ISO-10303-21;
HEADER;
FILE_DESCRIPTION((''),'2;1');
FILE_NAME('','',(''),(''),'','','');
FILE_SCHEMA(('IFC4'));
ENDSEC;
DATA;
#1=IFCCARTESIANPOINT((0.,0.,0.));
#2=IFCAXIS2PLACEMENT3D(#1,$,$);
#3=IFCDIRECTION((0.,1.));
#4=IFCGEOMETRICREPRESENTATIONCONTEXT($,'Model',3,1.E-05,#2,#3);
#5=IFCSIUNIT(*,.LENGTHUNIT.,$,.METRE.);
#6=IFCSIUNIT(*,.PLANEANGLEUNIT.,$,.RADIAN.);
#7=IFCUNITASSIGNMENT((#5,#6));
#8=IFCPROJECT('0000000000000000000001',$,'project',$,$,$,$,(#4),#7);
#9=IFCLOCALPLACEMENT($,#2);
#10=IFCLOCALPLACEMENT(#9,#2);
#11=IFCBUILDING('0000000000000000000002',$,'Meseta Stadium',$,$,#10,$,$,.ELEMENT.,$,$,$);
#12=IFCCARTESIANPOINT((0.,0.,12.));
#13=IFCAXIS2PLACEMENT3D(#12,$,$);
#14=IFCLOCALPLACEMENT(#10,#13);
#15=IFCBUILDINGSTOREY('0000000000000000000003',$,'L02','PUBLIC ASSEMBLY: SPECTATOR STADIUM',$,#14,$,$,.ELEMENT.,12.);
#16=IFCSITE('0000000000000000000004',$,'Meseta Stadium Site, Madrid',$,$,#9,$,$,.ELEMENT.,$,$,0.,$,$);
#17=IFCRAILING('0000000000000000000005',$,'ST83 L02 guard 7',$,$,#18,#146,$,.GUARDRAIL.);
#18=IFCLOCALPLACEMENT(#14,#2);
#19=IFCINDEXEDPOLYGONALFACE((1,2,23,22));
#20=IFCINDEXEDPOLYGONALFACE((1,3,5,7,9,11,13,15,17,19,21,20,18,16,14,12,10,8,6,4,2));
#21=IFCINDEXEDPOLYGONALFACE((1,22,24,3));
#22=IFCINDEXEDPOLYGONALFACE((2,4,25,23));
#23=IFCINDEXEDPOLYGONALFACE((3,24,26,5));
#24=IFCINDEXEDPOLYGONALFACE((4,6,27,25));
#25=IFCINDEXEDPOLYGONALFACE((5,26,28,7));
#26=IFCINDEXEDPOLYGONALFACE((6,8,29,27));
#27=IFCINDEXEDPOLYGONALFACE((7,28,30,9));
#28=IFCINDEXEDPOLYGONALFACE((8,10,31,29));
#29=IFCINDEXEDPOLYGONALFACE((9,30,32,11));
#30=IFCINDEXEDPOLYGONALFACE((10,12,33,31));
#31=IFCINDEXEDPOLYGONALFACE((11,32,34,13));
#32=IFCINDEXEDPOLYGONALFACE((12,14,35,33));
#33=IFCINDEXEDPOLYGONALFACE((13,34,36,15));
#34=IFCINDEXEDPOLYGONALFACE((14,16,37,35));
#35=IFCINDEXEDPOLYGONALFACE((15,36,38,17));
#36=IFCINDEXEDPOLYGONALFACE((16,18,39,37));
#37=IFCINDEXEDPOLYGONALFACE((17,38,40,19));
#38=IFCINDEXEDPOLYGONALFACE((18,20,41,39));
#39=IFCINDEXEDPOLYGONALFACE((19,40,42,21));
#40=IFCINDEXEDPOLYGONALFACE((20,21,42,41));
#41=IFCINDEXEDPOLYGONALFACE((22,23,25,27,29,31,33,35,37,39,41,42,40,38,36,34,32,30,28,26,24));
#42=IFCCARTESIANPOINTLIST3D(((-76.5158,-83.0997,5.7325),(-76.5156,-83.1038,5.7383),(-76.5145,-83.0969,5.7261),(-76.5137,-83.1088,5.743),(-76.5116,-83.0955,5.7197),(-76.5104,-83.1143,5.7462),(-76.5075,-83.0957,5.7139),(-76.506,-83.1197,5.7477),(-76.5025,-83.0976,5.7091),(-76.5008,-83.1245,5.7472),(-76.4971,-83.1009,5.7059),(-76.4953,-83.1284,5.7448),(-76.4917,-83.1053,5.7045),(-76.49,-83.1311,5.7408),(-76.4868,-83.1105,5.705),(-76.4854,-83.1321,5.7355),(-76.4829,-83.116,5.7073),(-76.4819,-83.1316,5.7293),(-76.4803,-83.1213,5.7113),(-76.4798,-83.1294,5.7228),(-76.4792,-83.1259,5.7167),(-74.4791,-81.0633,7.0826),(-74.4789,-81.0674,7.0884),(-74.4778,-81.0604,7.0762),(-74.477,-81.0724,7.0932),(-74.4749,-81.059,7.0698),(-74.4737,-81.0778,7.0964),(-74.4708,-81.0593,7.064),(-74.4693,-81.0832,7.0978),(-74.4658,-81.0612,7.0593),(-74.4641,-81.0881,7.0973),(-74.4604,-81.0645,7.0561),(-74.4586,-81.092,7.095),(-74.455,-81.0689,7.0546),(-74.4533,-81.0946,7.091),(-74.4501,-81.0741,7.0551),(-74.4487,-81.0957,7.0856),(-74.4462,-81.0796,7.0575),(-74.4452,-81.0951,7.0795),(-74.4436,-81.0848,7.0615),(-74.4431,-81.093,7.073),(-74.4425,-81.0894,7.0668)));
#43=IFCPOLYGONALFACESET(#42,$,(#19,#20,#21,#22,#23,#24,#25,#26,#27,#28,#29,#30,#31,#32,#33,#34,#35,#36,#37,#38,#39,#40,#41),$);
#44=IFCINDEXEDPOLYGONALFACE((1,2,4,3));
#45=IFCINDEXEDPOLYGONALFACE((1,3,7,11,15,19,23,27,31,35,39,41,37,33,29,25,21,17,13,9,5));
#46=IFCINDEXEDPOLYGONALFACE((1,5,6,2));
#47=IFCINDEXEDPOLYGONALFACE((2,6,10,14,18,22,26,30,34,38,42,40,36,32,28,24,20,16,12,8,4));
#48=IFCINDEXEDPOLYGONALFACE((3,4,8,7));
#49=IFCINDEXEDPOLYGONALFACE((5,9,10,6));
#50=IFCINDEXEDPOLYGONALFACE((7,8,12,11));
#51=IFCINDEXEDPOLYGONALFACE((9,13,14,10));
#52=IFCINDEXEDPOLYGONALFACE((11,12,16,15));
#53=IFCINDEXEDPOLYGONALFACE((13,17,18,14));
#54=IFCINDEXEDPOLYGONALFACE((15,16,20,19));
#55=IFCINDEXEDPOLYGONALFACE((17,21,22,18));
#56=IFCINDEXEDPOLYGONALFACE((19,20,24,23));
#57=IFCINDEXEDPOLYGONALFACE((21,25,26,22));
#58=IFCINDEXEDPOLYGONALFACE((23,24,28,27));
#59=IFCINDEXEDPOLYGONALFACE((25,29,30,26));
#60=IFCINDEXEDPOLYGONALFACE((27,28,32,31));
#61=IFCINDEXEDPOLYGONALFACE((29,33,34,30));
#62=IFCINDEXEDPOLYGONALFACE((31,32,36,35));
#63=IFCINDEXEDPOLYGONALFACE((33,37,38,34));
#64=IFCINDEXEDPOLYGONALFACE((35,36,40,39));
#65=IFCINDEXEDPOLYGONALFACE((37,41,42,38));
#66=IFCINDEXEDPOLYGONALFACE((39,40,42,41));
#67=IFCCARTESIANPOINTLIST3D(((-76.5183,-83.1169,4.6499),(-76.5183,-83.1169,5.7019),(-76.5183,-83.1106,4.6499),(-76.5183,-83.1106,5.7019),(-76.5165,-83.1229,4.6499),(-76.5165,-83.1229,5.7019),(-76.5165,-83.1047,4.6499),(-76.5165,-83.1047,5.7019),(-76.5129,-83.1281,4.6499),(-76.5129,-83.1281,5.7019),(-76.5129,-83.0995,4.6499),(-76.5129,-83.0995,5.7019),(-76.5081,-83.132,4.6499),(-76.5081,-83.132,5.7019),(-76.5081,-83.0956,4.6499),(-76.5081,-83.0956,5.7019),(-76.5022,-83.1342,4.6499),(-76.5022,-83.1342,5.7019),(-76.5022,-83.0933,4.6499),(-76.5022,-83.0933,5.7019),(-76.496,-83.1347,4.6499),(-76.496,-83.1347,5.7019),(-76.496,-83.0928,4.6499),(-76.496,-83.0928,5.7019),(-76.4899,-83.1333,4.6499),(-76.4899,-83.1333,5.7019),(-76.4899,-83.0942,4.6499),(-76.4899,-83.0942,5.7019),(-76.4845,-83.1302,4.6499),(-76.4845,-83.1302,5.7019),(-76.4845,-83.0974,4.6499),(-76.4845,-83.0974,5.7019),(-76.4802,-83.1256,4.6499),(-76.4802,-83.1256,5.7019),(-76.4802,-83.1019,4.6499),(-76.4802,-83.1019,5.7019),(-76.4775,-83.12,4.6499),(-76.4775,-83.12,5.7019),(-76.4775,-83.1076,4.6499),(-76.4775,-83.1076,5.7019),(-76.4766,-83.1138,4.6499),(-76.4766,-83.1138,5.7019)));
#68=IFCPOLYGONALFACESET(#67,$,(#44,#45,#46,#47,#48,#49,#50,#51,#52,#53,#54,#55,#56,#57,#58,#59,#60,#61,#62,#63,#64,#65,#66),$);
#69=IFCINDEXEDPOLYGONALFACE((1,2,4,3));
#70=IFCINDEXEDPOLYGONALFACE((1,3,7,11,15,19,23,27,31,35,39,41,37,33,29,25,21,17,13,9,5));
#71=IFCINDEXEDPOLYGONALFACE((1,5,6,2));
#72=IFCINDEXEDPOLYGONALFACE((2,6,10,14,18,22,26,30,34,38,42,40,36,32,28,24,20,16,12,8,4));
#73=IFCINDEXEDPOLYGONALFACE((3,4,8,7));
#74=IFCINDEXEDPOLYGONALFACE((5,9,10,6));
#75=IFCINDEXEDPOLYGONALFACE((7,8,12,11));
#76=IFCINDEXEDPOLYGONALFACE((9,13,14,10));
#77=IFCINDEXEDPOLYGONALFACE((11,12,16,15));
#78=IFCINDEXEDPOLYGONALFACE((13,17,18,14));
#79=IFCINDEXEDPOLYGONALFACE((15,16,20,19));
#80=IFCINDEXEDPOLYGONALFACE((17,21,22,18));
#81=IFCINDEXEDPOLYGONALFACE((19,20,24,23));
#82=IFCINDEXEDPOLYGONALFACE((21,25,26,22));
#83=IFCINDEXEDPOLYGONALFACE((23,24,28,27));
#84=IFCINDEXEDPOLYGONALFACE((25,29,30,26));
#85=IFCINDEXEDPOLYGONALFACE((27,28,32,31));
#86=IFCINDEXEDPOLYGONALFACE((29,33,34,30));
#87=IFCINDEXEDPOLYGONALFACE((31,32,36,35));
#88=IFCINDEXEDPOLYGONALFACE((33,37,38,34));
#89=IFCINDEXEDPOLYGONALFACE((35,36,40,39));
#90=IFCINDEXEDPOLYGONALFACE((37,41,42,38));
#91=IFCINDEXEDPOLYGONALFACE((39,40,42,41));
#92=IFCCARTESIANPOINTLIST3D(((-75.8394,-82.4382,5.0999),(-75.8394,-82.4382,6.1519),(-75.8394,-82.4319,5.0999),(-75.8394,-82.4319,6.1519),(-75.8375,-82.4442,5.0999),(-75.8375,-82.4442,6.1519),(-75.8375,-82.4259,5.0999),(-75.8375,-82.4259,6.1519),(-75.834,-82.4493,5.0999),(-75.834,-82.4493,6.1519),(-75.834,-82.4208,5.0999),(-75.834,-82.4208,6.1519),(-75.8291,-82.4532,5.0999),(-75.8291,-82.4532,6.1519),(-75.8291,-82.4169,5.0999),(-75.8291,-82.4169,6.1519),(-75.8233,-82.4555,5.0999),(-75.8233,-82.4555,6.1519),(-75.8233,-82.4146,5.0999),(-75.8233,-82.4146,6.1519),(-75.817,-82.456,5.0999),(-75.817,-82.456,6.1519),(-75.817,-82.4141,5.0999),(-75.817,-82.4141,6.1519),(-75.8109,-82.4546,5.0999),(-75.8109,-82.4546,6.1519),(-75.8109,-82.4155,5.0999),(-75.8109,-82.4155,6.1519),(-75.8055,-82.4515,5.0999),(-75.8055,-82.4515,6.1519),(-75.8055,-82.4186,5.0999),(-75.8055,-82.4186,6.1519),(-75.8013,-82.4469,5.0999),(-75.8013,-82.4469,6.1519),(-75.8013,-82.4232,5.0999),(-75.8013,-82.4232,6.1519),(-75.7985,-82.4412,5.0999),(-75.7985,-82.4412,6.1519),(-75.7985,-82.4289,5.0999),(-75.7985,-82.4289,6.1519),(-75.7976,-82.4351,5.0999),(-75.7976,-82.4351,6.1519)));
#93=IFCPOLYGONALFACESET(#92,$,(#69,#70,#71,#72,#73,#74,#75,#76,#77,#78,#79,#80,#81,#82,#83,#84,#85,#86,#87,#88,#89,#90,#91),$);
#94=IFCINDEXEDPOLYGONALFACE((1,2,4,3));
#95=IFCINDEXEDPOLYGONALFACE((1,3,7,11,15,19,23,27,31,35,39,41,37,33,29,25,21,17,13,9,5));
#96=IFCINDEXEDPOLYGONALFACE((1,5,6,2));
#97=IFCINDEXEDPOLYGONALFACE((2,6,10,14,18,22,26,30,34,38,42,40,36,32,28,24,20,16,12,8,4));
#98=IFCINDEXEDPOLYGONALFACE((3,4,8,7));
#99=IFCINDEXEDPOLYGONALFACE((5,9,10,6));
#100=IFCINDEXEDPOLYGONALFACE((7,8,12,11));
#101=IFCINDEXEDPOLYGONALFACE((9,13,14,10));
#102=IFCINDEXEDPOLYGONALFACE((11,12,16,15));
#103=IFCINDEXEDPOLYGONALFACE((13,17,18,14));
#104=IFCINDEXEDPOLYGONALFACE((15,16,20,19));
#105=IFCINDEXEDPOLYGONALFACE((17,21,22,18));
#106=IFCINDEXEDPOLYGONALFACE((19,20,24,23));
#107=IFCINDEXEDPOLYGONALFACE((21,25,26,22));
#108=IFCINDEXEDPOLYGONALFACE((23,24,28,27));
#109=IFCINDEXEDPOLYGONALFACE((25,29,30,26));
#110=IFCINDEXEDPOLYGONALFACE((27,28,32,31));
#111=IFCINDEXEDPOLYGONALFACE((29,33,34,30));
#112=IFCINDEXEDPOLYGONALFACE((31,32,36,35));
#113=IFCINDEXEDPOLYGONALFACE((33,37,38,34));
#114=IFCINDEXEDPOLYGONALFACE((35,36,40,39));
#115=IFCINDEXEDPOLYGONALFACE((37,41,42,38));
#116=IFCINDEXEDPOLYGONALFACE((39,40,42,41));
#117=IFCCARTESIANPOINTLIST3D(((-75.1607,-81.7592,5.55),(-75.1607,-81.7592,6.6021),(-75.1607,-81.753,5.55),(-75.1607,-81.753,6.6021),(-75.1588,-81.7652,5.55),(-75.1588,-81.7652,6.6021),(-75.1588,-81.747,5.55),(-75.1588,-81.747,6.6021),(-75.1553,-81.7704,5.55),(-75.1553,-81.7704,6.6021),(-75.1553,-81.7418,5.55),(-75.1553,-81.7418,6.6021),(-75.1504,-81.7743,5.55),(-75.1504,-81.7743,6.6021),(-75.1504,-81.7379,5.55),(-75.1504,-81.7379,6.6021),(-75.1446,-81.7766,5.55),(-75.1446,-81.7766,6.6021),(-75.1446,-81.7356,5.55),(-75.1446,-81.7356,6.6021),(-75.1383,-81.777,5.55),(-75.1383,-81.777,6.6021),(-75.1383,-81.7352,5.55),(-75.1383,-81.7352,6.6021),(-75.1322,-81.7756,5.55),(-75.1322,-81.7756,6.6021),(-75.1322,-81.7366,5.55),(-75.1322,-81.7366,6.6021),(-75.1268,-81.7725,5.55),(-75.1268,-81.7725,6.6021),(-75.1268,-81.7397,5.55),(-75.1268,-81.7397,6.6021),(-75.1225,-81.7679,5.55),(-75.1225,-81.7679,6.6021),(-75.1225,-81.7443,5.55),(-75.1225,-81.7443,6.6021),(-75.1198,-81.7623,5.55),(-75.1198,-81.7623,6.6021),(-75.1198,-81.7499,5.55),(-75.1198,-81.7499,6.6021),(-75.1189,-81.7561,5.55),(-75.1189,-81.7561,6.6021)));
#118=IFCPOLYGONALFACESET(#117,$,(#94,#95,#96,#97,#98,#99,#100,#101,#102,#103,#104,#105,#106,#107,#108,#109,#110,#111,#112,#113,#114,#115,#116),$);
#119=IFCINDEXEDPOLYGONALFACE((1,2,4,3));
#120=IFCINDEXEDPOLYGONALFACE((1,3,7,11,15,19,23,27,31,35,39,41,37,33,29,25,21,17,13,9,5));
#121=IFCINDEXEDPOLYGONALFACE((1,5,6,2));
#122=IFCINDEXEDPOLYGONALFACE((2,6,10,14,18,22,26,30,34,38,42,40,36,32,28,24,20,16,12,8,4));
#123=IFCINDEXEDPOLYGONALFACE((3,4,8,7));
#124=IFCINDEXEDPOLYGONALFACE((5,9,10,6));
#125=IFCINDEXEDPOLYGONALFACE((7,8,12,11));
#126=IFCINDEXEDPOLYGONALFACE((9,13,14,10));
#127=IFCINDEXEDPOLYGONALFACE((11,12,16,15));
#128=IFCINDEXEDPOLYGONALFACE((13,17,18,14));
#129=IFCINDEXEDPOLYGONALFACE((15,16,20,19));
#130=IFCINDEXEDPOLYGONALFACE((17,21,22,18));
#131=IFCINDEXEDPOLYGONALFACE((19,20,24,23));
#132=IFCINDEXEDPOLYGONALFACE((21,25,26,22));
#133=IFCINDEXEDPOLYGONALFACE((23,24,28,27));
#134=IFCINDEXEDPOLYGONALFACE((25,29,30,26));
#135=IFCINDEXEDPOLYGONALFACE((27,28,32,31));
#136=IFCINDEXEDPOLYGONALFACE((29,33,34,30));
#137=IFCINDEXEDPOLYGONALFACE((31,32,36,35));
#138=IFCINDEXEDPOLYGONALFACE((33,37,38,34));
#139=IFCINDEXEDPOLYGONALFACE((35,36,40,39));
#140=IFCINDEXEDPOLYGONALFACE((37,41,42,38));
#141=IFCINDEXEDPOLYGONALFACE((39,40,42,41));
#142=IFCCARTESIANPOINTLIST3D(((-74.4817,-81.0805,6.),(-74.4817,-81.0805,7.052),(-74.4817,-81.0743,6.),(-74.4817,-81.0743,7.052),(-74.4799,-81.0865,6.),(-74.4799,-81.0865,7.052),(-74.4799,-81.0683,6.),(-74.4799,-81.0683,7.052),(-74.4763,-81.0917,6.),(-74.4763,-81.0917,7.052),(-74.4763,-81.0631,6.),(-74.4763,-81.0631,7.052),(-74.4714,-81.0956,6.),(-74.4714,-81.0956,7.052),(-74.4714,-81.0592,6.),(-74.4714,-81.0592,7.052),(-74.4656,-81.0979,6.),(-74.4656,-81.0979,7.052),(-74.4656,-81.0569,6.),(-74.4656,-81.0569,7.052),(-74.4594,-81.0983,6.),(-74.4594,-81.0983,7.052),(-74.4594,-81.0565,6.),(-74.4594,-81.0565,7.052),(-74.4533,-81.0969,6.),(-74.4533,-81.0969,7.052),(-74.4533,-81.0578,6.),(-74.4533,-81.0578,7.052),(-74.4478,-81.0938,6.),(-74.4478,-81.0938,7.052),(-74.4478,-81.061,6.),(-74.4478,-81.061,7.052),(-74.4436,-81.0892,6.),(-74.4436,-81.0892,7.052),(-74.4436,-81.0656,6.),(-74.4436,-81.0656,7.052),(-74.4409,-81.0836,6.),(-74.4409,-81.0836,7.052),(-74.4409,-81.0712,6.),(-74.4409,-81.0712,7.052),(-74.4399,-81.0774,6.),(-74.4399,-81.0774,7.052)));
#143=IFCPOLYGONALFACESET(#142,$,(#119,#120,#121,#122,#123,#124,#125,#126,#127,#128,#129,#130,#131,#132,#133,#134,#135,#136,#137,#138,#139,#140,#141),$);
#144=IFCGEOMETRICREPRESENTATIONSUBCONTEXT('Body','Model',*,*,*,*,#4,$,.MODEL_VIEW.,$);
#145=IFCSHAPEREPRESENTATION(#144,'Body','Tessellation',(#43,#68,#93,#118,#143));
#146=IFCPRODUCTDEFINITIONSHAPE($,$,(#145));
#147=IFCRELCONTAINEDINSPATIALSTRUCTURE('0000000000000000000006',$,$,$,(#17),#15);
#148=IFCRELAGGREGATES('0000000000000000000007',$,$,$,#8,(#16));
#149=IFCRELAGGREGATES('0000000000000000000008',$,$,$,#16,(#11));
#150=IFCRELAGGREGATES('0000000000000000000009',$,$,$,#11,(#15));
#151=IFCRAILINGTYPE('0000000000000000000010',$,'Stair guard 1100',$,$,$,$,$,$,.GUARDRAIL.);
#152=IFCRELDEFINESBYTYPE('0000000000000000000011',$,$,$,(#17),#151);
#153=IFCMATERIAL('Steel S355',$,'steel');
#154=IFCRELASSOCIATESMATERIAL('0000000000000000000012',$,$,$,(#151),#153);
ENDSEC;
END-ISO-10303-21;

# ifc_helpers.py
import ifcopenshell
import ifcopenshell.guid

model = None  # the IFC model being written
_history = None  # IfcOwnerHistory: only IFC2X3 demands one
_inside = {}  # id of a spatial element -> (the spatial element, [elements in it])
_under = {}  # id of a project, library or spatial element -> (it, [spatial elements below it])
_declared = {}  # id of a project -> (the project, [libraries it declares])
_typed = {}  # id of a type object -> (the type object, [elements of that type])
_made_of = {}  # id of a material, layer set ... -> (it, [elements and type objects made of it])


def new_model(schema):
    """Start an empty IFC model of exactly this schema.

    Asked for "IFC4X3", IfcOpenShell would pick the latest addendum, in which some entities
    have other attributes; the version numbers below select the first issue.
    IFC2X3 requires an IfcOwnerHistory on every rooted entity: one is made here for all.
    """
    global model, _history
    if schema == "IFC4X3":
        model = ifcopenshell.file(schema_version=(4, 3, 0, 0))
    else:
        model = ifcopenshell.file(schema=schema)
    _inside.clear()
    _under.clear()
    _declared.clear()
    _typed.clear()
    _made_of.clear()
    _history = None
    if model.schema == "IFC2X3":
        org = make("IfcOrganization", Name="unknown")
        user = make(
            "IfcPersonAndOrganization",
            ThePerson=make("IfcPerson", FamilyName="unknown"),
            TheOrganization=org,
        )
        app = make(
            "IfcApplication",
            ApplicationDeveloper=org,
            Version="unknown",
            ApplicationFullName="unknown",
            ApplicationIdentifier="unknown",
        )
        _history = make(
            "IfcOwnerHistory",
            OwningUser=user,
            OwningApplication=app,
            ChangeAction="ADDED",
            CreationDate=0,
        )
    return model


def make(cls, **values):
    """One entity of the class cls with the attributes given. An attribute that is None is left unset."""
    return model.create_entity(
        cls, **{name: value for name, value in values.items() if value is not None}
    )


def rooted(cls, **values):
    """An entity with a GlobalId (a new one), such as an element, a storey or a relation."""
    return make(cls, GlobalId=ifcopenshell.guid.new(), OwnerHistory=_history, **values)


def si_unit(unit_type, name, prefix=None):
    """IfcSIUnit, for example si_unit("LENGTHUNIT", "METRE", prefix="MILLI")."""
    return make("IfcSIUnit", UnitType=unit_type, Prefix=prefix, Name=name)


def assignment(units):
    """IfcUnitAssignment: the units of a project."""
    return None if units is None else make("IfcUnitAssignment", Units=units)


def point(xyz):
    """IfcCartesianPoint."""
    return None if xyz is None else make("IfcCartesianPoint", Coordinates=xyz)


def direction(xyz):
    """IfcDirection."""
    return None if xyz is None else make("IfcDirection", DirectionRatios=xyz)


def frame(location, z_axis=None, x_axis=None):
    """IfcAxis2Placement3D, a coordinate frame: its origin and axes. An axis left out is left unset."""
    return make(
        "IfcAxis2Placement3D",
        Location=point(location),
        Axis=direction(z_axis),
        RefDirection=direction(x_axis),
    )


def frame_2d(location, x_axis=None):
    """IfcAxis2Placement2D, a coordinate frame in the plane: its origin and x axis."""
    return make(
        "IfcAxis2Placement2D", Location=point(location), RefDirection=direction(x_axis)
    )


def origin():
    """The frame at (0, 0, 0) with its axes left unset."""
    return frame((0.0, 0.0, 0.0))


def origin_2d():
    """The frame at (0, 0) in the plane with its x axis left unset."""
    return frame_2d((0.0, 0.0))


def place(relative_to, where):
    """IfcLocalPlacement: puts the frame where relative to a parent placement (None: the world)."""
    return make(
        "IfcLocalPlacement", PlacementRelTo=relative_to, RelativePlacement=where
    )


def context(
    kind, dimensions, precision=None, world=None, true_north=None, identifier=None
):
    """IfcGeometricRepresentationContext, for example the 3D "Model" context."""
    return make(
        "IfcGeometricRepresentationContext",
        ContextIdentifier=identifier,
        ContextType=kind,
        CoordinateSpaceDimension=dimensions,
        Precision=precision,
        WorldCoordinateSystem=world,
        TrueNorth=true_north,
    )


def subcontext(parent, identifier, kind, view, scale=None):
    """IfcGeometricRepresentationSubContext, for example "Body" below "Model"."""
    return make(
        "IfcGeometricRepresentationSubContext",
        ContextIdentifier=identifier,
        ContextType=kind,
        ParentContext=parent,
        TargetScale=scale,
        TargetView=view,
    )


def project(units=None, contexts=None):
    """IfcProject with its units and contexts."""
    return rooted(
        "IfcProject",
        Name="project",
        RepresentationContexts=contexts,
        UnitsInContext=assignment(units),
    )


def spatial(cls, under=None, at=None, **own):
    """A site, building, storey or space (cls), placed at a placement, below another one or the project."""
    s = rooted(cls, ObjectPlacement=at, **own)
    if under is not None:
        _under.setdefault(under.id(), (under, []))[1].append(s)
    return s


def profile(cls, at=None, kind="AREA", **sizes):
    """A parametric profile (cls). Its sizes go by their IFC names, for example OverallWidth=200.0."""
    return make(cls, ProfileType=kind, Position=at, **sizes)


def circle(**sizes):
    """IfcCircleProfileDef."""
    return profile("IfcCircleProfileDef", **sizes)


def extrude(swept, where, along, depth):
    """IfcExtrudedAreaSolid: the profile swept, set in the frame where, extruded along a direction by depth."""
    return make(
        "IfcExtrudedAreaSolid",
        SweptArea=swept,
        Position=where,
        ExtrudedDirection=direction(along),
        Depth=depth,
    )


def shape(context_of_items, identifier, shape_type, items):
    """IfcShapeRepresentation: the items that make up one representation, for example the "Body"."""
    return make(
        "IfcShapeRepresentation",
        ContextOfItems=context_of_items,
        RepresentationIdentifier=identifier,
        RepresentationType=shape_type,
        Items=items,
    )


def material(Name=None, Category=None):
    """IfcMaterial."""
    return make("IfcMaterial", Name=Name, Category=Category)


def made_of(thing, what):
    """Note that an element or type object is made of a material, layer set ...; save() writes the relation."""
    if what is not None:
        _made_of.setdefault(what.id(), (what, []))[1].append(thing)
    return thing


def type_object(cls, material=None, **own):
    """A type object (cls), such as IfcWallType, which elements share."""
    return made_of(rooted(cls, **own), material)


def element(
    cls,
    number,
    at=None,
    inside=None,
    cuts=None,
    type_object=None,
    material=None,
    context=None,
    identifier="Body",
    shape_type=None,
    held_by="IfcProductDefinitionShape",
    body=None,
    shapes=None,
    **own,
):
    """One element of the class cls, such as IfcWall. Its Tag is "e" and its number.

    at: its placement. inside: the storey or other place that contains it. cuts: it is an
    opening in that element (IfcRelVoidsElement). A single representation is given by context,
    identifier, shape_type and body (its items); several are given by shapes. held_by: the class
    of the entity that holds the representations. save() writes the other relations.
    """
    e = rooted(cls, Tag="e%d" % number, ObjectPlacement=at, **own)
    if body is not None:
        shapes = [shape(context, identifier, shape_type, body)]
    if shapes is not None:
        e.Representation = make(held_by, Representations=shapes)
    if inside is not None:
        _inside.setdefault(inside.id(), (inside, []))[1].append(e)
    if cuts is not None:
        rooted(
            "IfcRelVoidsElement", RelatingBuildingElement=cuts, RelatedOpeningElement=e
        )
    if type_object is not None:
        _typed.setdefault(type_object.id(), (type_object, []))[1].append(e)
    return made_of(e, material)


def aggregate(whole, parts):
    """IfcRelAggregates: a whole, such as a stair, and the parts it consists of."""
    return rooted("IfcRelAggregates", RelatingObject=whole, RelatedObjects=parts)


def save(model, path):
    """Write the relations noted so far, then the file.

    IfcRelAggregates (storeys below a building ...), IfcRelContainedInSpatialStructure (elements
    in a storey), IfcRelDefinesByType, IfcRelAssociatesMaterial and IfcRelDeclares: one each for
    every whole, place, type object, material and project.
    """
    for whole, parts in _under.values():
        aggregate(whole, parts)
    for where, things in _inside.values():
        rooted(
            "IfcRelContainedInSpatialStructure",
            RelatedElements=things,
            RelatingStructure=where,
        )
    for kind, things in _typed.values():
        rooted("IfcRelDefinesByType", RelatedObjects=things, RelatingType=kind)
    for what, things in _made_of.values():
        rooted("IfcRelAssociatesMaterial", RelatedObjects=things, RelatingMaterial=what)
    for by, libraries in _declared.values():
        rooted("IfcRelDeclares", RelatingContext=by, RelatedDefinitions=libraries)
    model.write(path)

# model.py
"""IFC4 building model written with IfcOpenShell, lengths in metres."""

from ifc_helpers import new_model, si_unit, direction, frame, origin, origin_2d, place, context, subcontext, project, spatial, circle, extrude, material, type_object, element, save


model = new_model("IFC4")

# Units and contexts
model_context = context("Model", 3, precision=1e-05, world=origin(), true_north=direction((0.0, 1.0)))
body_context = subcontext(model_context, "Body", "Model", "MODEL_VIEW")
ifc_project = project(units=[si_unit("LENGTHUNIT", "METRE"), si_unit("PLANEANGLEUNIT", "RADIAN")], contexts=[model_context])

# Site, building, storey
site_placement = place(None, origin())
site = spatial("IfcSite", under=ifc_project, at=site_placement, Name="Meseta Stadium Site, Madrid", CompositionType="ELEMENT", RefElevation=0.0)
building_placement = place(site_placement, origin())
building = spatial("IfcBuilding", under=site, at=building_placement, Name="Meseta Stadium", CompositionType="ELEMENT")
storey_placement = place(building_placement, frame((0.0, 0.0, 12.0)))
storey = spatial("IfcBuildingStorey", under=building, at=storey_placement, Name="L02", Description="PUBLIC ASSEMBLY: SPECTATOR STADIUM", CompositionType="ELEMENT", Elevation=12.0)

# Railing
ifc_material_1 = material(Name="Steel S355", Category="steel")
railing_type_1 = type_object("IfcRailingType", Name="Stair guard 1100", PredefinedType="GUARDRAIL", material=ifc_material_1)
railing_1_placement = place(storey_placement, frame((-76.4976, -83.1138, 4.6499)))
element("IfcRailing", 1, at=railing_1_placement, inside=storey, type_object=railing_type_1, Name="ST83 L02 guard 7", PredefinedType="GUARDRAIL", context=body_context, shape_type="SweptSolid", body=[
    extrude(circle(Radius=0.0239, at=origin_2d()), frame((0.0, 0.0, 1.0762), z_axis=(0.640288, 0.640211, 0.424454), x_axis=(-0.707064, 0.707149, 0.0)), (0.0, 0.0, 1.0), 3.1809),
    extrude(circle(Radius=0.021, at=origin_2d()), origin(), (0.0, 0.0, 1.0), 1.052),
    extrude(circle(Radius=0.021, at=origin_2d()), frame((0.679, 0.6787, 0.45)), (0.0, 0.0, 1.0), 1.052),
    extrude(circle(Radius=0.021, at=origin_2d()), frame((1.3577, 1.3577, 0.9001)), (0.0, 0.0, 1.0), 1.052),
    extrude(circle(Radius=0.021, at=origin_2d()), frame((2.0366, 2.0364, 1.3501)), (0.0, 0.0, 1.0), 1.052),
])

save(model, "model.ifc")
